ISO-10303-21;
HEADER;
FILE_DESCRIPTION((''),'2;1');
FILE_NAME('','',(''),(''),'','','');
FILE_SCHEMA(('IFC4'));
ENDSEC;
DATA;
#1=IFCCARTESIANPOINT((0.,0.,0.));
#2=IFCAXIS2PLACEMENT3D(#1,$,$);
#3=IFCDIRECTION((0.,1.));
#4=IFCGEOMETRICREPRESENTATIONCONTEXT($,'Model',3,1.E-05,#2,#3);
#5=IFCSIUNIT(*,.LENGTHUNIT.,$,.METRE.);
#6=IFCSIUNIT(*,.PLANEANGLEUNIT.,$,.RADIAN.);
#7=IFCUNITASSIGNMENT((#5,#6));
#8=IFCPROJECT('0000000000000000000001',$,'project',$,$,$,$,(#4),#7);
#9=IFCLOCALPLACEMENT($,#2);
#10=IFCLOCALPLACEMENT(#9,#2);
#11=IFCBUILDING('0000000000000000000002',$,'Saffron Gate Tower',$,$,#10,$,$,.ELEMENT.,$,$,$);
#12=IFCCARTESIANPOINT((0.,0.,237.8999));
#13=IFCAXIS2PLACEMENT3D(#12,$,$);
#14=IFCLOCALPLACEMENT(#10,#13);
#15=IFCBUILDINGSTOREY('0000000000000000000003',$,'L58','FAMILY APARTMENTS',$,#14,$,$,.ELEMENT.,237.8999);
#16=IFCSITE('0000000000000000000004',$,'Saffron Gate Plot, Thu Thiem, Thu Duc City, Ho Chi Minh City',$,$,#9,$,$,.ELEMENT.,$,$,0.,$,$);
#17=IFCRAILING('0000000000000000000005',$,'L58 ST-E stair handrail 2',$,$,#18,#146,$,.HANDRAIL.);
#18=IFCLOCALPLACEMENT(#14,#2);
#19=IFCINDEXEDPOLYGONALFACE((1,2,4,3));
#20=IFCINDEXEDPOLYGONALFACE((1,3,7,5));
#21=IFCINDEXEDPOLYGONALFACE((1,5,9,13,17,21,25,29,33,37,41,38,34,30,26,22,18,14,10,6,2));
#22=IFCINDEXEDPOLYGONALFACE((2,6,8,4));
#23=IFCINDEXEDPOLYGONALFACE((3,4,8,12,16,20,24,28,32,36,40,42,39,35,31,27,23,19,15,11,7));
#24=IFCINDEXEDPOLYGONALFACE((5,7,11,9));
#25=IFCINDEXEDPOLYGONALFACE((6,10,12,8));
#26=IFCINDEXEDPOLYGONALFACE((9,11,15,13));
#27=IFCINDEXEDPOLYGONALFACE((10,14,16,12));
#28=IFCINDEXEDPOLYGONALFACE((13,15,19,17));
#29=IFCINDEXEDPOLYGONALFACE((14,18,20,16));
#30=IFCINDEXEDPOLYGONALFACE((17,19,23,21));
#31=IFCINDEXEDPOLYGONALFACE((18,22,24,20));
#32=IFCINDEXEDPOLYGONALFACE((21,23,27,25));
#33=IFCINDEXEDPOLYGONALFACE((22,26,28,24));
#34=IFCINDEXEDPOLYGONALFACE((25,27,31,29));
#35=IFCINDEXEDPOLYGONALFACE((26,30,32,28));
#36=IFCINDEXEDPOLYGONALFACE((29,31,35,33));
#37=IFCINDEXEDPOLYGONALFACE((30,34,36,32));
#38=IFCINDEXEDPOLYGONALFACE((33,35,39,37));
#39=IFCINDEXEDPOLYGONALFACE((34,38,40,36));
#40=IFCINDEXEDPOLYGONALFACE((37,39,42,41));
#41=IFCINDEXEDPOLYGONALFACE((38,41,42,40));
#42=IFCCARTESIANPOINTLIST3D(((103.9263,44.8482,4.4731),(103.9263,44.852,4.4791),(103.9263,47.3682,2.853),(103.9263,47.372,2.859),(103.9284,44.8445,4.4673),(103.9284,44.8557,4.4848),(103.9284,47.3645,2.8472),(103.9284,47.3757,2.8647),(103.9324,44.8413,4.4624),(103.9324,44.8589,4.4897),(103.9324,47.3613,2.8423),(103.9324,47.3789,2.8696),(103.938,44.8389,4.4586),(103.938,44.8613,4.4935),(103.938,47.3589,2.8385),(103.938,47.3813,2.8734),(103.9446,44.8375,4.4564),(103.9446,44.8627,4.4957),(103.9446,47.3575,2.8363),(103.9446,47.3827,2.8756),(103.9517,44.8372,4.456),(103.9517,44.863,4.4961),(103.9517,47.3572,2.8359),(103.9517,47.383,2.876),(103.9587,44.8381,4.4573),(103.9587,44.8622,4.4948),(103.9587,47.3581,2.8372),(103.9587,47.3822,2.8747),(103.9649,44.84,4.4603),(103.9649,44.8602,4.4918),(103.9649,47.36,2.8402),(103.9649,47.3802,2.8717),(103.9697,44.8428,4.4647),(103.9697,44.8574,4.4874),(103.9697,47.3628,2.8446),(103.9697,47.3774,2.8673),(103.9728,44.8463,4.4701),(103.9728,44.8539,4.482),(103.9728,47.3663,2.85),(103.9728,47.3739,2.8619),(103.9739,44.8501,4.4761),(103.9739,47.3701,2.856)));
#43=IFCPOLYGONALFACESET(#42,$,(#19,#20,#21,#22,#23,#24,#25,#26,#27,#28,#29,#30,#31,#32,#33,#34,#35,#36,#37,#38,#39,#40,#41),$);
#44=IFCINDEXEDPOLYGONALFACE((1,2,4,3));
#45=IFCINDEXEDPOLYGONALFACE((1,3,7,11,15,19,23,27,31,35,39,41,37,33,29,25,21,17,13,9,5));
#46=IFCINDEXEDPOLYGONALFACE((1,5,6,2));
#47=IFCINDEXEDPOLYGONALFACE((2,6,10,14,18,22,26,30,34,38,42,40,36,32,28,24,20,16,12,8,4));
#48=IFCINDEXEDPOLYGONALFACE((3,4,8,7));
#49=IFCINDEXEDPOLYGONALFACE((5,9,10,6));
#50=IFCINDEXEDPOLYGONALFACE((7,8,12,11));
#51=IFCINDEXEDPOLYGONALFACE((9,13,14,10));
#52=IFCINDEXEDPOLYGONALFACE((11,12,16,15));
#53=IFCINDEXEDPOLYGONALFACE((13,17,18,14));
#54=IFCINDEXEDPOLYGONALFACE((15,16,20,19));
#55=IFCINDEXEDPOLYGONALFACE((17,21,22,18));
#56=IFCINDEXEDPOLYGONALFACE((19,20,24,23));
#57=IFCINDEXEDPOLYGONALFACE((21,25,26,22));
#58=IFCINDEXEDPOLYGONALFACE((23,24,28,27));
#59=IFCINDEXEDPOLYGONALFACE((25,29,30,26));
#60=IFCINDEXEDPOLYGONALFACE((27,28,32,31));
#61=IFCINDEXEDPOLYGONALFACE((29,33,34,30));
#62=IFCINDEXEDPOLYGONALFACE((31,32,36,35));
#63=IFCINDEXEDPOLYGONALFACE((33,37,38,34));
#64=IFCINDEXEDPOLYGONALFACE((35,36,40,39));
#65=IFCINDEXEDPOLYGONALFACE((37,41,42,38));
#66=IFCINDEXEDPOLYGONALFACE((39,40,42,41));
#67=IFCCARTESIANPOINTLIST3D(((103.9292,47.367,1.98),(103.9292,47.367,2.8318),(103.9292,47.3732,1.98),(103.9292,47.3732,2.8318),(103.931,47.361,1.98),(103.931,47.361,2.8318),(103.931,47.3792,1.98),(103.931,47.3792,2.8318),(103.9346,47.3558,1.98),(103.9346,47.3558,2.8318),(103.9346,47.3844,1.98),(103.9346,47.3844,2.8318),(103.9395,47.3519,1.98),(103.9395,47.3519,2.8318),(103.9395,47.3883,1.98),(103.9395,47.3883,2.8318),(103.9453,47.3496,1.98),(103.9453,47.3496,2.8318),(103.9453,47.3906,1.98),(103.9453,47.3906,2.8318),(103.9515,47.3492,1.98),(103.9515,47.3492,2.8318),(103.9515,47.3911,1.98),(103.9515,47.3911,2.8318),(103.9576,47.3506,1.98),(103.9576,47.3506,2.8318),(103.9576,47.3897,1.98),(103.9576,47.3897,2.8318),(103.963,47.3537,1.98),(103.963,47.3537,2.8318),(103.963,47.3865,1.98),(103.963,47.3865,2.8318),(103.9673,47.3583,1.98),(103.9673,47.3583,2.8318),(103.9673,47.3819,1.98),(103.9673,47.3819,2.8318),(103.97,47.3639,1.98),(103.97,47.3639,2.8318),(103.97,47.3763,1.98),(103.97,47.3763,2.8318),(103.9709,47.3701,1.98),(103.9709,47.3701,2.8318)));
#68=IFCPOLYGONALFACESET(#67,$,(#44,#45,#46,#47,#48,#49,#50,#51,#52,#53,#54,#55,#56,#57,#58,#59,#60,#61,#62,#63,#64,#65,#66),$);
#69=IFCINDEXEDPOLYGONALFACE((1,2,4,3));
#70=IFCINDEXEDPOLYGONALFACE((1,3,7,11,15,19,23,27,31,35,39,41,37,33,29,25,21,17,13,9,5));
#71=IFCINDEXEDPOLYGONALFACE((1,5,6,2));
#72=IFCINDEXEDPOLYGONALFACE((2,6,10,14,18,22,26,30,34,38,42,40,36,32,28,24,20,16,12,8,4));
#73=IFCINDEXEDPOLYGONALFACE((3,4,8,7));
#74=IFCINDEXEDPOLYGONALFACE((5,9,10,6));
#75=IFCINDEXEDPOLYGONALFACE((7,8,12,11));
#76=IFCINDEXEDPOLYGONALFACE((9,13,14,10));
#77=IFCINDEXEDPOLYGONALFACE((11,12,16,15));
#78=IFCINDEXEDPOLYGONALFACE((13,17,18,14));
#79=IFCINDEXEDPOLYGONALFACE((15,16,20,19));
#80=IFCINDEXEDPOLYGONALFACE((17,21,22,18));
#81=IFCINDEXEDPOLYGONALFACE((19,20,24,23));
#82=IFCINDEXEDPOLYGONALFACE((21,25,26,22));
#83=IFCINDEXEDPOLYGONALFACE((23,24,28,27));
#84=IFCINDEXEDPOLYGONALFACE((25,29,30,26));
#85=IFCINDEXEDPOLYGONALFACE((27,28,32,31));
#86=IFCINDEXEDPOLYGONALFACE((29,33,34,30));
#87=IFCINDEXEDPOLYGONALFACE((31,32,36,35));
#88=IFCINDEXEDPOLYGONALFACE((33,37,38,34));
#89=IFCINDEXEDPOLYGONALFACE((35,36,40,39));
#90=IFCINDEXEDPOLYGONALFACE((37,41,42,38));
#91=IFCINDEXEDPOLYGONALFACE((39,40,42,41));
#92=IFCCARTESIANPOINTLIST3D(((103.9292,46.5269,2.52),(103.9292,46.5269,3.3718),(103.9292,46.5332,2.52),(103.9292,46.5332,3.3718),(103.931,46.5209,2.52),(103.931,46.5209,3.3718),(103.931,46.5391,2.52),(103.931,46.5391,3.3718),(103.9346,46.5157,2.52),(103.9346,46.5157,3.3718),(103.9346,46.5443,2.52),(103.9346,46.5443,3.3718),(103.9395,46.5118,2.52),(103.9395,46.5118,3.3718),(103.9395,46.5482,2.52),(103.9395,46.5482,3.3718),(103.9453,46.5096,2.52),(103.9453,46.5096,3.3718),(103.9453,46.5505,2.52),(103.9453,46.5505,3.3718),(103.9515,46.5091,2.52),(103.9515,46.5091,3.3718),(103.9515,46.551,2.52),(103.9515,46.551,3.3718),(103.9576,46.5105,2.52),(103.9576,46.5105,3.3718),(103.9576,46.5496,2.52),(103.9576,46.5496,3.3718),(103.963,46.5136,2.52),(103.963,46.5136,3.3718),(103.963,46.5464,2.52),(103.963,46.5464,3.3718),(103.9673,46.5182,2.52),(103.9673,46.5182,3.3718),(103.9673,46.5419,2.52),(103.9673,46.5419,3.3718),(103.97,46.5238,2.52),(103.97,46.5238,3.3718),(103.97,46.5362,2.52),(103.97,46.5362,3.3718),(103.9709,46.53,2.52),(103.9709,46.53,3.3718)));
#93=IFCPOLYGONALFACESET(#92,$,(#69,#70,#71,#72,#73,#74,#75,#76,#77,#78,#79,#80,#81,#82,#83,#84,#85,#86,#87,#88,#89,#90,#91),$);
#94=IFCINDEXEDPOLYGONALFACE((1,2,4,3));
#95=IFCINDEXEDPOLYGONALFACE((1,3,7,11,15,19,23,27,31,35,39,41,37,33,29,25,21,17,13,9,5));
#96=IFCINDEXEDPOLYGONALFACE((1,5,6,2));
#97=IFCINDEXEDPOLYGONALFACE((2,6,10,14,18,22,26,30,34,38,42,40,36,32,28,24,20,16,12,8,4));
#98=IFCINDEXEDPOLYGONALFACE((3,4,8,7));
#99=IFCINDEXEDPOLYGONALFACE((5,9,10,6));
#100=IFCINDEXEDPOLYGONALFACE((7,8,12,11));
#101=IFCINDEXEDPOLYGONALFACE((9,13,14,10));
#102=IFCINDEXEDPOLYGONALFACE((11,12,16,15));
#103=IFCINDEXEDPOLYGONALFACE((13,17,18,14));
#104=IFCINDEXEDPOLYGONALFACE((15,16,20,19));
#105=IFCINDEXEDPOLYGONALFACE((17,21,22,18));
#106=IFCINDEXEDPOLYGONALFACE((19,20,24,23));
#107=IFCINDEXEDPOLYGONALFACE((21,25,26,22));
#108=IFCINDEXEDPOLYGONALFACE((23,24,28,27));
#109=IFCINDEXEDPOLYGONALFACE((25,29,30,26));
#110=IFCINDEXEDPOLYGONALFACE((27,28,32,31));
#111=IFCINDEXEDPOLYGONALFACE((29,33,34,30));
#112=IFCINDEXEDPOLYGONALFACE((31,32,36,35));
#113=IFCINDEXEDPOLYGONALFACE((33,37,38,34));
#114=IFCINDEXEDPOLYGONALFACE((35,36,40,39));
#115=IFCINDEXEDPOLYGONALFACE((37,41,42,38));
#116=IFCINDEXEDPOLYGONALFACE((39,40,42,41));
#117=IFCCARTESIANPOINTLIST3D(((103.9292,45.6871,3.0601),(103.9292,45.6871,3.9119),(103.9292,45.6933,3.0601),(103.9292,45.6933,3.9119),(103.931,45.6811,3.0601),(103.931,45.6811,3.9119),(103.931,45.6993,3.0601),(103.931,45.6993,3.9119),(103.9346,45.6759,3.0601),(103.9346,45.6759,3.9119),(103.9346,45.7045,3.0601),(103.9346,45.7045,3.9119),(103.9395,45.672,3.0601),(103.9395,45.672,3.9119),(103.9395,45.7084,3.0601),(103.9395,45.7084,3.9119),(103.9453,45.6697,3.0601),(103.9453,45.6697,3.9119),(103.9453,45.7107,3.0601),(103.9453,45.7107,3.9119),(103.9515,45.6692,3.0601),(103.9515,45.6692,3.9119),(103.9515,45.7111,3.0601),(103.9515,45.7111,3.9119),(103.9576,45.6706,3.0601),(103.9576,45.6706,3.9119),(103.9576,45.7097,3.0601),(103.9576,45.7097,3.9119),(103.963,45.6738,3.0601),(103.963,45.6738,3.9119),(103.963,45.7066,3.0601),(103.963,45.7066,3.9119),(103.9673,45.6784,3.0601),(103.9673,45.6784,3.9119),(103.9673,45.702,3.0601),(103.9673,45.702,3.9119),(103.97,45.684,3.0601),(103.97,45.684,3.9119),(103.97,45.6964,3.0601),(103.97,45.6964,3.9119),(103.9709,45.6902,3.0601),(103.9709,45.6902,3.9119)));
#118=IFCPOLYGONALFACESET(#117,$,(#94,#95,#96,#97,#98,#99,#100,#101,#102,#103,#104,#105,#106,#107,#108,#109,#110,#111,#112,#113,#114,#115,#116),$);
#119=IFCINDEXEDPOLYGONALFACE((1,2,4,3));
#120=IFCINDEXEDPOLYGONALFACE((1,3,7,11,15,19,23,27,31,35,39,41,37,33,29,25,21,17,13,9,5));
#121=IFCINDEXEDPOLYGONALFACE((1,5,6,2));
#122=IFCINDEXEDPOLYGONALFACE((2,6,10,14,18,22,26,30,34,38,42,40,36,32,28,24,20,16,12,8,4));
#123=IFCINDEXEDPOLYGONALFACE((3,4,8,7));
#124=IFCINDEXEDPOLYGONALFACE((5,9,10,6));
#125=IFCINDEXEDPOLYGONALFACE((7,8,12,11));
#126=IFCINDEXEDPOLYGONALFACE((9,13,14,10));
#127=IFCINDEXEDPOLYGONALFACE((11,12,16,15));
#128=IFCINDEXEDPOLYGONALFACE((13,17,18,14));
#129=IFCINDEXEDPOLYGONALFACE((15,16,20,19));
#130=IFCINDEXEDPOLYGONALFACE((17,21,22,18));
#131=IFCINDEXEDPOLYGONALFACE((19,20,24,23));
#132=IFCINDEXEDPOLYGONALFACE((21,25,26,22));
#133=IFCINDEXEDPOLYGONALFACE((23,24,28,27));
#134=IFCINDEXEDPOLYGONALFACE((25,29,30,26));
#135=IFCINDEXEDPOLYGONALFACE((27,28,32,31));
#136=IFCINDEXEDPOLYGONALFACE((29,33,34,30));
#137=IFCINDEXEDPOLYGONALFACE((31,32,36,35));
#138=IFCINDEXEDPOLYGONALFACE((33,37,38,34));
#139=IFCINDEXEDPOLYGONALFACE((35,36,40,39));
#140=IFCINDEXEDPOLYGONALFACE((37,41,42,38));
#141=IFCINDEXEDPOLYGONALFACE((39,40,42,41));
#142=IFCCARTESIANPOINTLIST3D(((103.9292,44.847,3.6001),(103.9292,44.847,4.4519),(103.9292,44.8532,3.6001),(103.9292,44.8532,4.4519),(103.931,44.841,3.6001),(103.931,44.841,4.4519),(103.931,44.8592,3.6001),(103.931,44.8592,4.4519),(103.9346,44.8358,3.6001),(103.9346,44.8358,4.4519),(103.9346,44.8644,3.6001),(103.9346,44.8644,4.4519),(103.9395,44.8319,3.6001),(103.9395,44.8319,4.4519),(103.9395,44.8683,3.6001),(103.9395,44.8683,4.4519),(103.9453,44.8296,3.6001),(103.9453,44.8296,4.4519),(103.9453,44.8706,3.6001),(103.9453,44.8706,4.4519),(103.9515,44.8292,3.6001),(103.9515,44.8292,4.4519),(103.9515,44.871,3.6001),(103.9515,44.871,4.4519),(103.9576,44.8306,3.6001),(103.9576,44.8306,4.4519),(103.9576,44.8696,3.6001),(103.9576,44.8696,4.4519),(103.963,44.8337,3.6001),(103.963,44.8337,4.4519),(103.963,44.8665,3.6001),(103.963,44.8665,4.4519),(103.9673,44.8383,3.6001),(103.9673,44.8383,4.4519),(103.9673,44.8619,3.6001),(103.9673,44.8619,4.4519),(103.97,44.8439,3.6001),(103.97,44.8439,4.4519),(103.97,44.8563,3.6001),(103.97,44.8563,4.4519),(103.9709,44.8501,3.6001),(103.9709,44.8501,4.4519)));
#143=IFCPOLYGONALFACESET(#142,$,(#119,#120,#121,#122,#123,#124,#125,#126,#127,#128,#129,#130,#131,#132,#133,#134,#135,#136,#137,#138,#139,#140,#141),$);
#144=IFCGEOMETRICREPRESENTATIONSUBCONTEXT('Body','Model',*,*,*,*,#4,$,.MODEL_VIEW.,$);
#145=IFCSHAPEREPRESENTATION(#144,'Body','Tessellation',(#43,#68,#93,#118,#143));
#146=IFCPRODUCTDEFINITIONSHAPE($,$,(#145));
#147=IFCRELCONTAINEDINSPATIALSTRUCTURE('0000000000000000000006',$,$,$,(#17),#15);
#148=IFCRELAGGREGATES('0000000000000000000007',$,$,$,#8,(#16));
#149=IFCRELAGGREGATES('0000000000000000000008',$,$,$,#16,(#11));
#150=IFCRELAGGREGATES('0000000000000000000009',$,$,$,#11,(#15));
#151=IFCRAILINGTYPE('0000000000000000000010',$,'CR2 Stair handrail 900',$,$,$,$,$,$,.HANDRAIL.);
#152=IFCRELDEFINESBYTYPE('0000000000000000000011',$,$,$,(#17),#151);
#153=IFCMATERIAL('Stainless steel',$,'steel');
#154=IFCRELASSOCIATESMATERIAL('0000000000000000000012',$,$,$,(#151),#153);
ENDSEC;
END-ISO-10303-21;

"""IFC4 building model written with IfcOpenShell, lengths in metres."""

from ifc_helpers import new_model, si_unit, direction, frame, origin, origin_2d, place, context, subcontext, project, spatial, circle, extrude, material, type_object, element, save


model = new_model("IFC4")

# Units and contexts
model_context = context("Model", 3, precision=1e-05, world=origin(), true_north=direction((0.0, 1.0)))
body_context = subcontext(model_context, "Body", "Model", "MODEL_VIEW")
ifc_project = project(units=[si_unit("LENGTHUNIT", "METRE"), si_unit("PLANEANGLEUNIT", "RADIAN")], contexts=[model_context])

# Site, building, storey
site_placement = place(None, origin())
site = spatial("IfcSite", under=ifc_project, at=site_placement, Name="Saffron Gate Plot, Thu Thiem, Thu Duc City, Ho Chi Minh City", CompositionType="ELEMENT", RefElevation=0.0)
building_placement = place(site_placement, origin())
building = spatial("IfcBuilding", under=site, at=building_placement, Name="Saffron Gate Tower", CompositionType="ELEMENT")
storey_placement = place(building_placement, frame((0.0, 0.0, 237.8999)))
storey = spatial("IfcBuildingStorey", under=building, at=storey_placement, Name="L58", Description="FAMILY APARTMENTS", CompositionType="ELEMENT", Elevation=237.8999)

# Railing
ifc_material_1 = material(Name="Stainless steel", Category="steel")
railing_type = type_object("IfcRailingType", Name="CR2 Stair handrail 900", PredefinedType="HANDRAIL", material=ifc_material_1)
railing_1_placement = place(storey_placement, frame((103.95, 47.3701, 1.98)))
element("IfcRailing", 1, at=railing_1_placement, inside=storey, type_object=railing_type, Name="L58 ST-E stair handrail 2", PredefinedType="HANDRAIL", context=body_context, shape_type="SweptSolid", body=[
    extrude(circle(Radius=0.0239, at=origin_2d()), frame((0.0, 0.0, 0.876), z_axis=(0.0, -0.841163, 0.540782), x_axis=(1.0, 0.0, 0.0)), (0.0, 0.0, 1.0), 2.9958),
    extrude(circle(Radius=0.021, at=origin_2d()), origin(), (0.0, 0.0, 1.0), 0.8518),
    extrude(circle(Radius=0.021, at=origin_2d()), frame((0.0, -0.8401, 0.54)), (0.0, 0.0, 1.0), 0.8518),
    extrude(circle(Radius=0.021, at=origin_2d()), frame((0.0, -1.6799, 1.0801)), (0.0, 0.0, 1.0), 0.8518),
    extrude(circle(Radius=0.021, at=origin_2d()), frame((0.0, -2.52, 1.6201)), (0.0, 0.0, 1.0), 0.8518),
])

save(model, "model.ifc")
